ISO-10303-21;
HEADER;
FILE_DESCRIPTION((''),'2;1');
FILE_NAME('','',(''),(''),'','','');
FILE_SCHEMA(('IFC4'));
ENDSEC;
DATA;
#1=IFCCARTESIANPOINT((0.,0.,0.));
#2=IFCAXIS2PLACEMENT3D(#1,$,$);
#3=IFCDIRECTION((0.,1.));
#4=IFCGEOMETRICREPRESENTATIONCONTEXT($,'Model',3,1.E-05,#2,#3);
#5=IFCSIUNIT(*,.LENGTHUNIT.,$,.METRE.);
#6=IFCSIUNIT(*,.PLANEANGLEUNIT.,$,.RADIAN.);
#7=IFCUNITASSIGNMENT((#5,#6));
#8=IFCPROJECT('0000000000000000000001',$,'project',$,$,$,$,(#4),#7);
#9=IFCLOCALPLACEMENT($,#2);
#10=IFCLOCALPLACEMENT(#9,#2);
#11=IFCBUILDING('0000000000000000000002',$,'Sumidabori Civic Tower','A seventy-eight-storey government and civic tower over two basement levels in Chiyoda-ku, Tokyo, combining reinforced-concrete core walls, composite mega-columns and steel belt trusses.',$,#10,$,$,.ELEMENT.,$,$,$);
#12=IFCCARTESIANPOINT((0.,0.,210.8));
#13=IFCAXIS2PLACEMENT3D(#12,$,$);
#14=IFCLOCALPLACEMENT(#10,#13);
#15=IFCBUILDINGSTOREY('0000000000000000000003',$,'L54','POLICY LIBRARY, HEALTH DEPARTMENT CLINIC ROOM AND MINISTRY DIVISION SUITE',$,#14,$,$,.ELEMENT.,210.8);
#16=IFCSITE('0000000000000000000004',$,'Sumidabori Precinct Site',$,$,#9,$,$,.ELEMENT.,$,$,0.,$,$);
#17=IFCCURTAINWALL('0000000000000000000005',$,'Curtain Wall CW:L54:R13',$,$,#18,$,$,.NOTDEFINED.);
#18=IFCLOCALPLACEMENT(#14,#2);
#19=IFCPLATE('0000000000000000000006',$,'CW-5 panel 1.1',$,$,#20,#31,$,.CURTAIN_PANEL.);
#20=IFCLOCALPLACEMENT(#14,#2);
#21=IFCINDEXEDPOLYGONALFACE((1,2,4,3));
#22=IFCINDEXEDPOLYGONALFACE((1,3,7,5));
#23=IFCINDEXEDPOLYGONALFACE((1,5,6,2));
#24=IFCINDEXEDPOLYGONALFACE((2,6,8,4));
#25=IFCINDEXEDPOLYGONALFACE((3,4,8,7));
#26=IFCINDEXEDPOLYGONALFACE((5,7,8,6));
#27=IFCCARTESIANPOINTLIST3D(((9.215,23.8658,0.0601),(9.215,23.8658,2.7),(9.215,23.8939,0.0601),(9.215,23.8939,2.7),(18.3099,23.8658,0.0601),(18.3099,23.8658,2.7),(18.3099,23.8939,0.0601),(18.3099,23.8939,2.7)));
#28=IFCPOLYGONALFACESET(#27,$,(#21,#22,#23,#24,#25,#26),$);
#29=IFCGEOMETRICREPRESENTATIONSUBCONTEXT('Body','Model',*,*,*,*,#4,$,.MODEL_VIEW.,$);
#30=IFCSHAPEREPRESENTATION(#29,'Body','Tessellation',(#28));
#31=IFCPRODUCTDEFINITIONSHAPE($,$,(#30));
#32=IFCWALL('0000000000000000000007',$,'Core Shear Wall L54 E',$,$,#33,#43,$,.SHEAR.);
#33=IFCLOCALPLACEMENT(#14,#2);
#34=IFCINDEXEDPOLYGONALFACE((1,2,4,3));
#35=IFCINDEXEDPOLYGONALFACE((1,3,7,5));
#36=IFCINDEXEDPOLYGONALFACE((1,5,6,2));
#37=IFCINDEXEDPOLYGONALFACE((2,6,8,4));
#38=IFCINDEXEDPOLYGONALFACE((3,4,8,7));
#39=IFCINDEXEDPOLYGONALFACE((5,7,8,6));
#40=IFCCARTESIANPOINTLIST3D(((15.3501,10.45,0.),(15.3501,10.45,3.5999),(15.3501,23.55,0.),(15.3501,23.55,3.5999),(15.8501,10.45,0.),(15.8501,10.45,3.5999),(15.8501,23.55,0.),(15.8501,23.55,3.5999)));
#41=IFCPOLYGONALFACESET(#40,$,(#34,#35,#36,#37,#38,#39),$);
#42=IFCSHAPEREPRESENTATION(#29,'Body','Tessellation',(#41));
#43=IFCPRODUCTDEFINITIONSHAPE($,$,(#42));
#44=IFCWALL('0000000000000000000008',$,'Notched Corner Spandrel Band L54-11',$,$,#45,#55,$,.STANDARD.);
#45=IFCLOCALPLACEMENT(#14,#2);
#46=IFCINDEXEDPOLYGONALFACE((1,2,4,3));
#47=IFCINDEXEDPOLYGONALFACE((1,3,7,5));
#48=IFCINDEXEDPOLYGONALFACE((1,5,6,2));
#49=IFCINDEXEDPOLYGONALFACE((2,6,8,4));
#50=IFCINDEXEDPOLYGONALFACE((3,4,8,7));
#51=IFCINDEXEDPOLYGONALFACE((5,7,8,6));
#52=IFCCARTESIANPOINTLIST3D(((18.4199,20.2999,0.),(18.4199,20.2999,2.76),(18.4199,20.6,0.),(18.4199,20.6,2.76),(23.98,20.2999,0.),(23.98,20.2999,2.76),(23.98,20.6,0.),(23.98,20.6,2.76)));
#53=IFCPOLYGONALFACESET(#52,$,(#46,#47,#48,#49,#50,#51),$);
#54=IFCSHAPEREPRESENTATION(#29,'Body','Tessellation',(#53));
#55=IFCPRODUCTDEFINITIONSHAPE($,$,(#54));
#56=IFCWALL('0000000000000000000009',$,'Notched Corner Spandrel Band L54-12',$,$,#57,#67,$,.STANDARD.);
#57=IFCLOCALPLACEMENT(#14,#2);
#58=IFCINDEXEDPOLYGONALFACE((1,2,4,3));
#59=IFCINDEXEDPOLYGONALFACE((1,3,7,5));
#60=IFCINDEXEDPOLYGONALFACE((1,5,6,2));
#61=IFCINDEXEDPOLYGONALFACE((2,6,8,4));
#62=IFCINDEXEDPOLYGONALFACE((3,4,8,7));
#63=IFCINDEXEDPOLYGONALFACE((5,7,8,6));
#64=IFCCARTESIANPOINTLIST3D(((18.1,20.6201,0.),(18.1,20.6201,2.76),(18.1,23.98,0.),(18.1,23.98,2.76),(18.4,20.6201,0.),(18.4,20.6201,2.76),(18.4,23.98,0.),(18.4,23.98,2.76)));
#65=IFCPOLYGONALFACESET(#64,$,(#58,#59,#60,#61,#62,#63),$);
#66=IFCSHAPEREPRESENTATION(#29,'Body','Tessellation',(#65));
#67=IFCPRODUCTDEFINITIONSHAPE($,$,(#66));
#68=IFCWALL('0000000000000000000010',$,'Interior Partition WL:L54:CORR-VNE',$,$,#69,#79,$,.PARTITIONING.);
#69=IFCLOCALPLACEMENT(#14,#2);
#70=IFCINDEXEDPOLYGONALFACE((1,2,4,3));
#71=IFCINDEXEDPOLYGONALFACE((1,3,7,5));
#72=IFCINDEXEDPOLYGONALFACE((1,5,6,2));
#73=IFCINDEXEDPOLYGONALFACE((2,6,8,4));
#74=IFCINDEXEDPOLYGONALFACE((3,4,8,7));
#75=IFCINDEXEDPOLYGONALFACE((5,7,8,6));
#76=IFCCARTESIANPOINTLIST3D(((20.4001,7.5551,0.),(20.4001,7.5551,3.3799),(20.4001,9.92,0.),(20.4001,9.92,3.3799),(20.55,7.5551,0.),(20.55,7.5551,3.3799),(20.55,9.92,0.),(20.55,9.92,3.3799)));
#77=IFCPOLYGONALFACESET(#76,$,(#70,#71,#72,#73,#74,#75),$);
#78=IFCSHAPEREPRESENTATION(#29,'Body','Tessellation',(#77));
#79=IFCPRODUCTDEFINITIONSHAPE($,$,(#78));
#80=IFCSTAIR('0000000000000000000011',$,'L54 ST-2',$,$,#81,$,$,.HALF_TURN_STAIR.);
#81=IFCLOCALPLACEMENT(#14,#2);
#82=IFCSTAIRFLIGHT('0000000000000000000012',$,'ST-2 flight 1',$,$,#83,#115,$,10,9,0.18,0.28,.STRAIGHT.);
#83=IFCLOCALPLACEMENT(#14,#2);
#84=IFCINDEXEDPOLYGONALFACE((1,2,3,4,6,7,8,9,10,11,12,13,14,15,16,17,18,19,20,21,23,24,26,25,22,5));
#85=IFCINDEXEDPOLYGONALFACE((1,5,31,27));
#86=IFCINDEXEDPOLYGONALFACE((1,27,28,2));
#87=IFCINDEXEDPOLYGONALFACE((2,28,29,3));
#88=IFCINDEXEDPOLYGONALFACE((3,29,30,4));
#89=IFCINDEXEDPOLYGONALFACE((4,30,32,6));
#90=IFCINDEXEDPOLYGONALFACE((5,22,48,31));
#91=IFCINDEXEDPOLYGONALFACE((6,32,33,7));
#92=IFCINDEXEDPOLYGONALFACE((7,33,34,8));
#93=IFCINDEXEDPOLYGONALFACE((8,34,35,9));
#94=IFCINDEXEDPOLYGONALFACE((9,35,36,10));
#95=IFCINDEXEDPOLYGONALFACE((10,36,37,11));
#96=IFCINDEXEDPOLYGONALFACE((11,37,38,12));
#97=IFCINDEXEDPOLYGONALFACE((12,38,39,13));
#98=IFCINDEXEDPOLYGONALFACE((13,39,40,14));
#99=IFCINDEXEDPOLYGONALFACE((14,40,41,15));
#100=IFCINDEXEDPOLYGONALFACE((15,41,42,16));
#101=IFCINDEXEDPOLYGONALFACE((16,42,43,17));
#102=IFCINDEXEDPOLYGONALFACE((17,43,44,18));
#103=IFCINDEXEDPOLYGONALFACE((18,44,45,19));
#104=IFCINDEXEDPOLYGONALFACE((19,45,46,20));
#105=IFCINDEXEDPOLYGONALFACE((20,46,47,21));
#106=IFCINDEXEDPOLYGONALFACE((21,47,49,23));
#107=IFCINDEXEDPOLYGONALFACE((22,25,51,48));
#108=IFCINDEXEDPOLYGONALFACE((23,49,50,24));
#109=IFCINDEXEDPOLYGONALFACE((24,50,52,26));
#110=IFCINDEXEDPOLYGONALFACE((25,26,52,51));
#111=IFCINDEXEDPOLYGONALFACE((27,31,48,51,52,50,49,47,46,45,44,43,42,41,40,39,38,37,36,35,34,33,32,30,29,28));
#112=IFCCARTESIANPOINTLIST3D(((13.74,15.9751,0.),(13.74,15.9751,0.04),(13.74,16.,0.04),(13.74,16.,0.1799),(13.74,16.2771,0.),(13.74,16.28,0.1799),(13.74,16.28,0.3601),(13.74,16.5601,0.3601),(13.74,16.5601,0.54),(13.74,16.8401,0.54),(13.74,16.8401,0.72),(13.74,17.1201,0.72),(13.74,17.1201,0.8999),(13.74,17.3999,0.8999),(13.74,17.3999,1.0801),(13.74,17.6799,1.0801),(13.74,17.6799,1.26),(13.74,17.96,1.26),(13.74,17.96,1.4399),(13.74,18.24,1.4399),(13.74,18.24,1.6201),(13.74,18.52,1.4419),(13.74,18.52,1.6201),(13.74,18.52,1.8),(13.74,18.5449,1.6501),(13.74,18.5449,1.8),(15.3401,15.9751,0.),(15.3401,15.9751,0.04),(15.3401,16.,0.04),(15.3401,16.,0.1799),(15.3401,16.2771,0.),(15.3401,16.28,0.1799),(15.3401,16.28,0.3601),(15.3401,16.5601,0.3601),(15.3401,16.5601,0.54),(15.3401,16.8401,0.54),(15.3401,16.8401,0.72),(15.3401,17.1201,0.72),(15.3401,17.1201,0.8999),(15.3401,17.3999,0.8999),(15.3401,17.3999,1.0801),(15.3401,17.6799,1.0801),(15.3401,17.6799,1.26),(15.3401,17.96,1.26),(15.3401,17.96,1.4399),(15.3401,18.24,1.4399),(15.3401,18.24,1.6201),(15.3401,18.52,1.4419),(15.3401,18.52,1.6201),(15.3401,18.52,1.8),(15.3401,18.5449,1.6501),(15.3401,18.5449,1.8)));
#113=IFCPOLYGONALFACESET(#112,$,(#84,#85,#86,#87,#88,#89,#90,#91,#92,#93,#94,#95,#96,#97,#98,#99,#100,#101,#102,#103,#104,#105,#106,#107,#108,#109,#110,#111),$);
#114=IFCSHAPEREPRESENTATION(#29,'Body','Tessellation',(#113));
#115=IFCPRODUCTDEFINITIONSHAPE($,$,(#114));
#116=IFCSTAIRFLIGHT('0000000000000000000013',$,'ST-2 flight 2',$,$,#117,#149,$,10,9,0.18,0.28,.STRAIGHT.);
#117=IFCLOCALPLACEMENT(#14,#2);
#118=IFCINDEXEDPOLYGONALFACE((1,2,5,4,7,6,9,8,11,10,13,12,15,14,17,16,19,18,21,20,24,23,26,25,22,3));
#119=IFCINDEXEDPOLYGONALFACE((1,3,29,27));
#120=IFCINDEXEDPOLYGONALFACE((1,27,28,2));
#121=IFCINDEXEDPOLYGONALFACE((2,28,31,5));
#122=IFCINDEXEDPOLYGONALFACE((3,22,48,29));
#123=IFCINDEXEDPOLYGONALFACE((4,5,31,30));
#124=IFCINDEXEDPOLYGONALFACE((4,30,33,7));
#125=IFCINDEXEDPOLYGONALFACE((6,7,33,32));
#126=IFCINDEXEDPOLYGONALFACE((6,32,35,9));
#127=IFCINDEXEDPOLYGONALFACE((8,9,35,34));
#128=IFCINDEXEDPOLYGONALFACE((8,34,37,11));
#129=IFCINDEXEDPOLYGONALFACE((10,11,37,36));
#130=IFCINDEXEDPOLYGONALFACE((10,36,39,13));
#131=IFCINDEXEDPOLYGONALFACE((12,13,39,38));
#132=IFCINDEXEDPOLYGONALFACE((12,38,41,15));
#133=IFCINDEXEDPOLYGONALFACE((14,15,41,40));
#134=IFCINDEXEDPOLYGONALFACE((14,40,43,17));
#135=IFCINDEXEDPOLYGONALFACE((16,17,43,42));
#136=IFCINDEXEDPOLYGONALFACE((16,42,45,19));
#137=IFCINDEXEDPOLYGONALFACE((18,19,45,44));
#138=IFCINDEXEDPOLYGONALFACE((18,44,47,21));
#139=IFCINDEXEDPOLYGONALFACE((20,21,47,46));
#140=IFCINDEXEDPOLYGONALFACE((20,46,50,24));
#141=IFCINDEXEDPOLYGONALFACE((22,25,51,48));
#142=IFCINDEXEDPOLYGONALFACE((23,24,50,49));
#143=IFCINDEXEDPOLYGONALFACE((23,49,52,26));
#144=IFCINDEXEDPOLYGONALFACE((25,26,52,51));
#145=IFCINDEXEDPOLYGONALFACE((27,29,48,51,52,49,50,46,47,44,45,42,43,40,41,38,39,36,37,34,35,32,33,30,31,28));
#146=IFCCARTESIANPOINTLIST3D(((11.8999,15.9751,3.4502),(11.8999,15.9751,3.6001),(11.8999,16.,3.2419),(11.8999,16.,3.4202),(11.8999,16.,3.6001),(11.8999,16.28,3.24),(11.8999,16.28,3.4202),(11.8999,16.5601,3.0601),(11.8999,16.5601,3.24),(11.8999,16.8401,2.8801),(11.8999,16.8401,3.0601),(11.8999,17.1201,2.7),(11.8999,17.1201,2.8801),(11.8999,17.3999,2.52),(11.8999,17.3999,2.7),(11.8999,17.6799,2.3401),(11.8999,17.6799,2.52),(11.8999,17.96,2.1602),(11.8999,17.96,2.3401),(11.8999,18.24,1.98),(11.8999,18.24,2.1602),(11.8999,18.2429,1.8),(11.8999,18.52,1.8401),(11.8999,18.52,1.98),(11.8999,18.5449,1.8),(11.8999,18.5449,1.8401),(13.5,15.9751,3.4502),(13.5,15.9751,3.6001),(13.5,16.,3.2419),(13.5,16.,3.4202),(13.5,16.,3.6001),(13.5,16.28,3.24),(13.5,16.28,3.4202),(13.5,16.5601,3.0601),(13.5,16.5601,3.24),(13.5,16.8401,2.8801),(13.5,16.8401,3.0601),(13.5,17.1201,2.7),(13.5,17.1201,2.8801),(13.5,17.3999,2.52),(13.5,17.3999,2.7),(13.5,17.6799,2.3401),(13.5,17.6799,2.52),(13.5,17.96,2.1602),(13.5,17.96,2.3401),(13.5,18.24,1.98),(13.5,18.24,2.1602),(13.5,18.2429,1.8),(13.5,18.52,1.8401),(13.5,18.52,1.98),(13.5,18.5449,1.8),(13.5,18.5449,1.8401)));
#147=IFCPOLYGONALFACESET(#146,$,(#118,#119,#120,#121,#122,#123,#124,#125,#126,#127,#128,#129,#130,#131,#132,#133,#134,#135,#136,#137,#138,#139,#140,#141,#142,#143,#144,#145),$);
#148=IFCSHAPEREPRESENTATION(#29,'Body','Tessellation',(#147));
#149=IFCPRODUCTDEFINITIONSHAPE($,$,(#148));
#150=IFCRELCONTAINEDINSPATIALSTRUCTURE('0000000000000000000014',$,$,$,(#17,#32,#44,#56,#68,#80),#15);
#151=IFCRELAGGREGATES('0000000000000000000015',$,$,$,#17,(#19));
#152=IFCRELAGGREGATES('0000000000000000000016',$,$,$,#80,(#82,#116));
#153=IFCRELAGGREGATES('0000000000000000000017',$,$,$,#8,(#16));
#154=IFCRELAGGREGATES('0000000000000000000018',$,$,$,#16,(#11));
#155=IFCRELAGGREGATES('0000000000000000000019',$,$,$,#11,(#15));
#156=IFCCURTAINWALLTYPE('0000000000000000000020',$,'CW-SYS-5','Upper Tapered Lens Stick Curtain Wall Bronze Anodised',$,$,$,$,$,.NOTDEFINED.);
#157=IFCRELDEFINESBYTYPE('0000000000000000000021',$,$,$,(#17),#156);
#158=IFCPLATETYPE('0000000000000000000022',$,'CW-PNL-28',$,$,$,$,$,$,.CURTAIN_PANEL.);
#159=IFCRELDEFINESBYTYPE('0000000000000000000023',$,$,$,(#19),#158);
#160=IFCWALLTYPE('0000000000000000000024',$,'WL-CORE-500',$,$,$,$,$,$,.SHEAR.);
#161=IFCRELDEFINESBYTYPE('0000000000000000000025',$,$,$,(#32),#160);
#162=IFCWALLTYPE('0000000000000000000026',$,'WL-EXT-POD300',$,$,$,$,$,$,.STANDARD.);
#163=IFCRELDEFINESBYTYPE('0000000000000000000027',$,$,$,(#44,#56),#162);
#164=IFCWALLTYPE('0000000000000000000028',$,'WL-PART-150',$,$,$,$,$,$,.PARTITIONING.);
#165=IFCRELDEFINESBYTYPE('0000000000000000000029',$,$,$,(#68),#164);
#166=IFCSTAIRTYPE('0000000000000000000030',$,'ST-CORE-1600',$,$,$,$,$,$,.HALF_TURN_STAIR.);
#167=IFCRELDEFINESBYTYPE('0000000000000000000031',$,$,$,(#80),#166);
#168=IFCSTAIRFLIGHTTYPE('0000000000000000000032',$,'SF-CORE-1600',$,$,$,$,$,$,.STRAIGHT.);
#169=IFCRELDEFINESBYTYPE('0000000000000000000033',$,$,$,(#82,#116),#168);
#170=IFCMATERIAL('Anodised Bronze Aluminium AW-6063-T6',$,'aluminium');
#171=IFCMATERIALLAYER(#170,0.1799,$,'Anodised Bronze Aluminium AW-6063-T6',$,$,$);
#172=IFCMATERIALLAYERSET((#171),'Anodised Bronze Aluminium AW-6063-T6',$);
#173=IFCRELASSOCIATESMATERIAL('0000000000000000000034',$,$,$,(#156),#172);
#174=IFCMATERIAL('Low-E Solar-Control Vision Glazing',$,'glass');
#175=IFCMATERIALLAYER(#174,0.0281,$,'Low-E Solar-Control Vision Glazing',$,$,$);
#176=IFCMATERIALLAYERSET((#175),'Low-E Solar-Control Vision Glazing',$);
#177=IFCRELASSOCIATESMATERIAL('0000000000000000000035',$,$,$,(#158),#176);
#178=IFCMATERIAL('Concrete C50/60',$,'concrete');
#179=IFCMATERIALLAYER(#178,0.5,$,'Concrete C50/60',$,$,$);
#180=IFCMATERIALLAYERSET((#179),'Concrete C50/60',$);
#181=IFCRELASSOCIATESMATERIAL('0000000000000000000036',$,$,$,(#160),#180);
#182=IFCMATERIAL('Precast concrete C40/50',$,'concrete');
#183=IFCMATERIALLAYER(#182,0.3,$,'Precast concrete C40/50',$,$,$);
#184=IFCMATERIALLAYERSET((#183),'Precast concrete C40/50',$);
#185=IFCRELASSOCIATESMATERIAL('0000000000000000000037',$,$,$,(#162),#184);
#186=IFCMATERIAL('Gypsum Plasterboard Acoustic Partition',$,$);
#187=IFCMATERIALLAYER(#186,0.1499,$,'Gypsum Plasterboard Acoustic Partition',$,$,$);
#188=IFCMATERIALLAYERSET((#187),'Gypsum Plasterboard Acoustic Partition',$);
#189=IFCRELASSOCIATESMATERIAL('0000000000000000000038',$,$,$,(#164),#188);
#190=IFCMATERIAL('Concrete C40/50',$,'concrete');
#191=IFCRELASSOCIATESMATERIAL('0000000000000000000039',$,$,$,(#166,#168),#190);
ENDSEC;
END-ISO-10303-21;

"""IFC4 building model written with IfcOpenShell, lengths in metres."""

from ifc_helpers import new_model, si_unit, direction, frame, frame_2d, origin, origin_2d, place, context, subcontext, project, spatial, polyline, rectangle, outline, extrude, source, transform, mapped, material, layer, layer_set, type_object, element, aggregate, save


model = new_model("IFC4")

# Units and contexts
model_context = context("Model", 3, precision=1e-05, world=origin(), true_north=direction((0.0, 1.0)))
body_context = subcontext(model_context, "Body", "Model", "MODEL_VIEW")
ifc_project = project(units=[si_unit("LENGTHUNIT", "METRE"), si_unit("PLANEANGLEUNIT", "RADIAN")], contexts=[model_context])

# Site, building, storey
site_placement = place(None, origin())
site = spatial("IfcSite", under=ifc_project, at=site_placement, Name="Sumidabori Precinct Site", CompositionType="ELEMENT", RefElevation=0.0)
building_placement = place(site_placement, origin())
building = spatial("IfcBuilding", under=site, at=building_placement, Name="Sumidabori Civic Tower", Description="A seventy-eight-storey government and civic tower over two basement levels in Chiyoda-ku, Tokyo, combining reinforced-concrete core walls, composite mega-columns and steel belt trusses.", CompositionType="ELEMENT")
storey_placement = place(building_placement, frame((0.0, 0.0, 210.8)))
storey = spatial("IfcBuildingStorey", under=building, at=storey_placement, Name="L54", Description="POLICY LIBRARY, HEALTH DEPARTMENT CLINIC ROOM AND MINISTRY DIVISION SUITE", CompositionType="ELEMENT", Elevation=210.8)

# Shared definitions
ifc_material_1 = material(Name="Anodised Bronze Aluminium AW-6063-T6", Category="aluminium")
ifc_layer_1 = layer(ifc_material_1, 0.1799, Name="Anodised Bronze Aluminium AW-6063-T6")
ifc_layer_set_1 = layer_set([ifc_layer_1], Name="Anodised Bronze Aluminium AW-6063-T6")
curtain_wall_type = type_object("IfcCurtainWallType", Name="CW-SYS-5", Description="Upper Tapered Lens Stick Curtain Wall Bronze Anodised", PredefinedType="NOTDEFINED", material=ifc_layer_set_1)

# Curtain wall
curtain_wall_1_placement = place(storey_placement, origin())
curtain_wall_1 = element("IfcCurtainWall", 1, at=curtain_wall_1_placement, inside=storey, type_object=curtain_wall_type, Name="Curtain Wall CW:L54:R13", PredefinedType="NOTDEFINED")

# Plate
ifc_material_2 = material(Name="Low-E Solar-Control Vision Glazing", Category="glass")
ifc_layer_2 = layer(ifc_material_2, 0.0281, Name="Low-E Solar-Control Vision Glazing")
ifc_layer_set_2 = layer_set([ifc_layer_2], Name="Low-E Solar-Control Vision Glazing")
plate_type = type_object("IfcPlateType", Name="CW-PNL-28", PredefinedType="CURTAIN_PANEL", material=ifc_layer_set_2)
shared_shape_1 = source(origin(), body_context, "Body", "SweptSolid", [
    extrude(rectangle(XDim=9.095, YDim=0.0281, at=origin_2d()), origin(), (0.0, 0.0, 1.0), 2.6399),
])
plate_1_placement = place(storey_placement, frame((13.7625, 23.8799, 0.0601), z_axis=(0.0, 0.0, 1.0), x_axis=(-1.0, 0.0, 0.0)))
plate_1 = element("IfcPlate", 2, at=plate_1_placement, type_object=plate_type, Name="CW-5 panel 1.1", PredefinedType="CURTAIN_PANEL", context=body_context, shape_type="MappedRepresentation", body=[
    mapped(shared_shape_1, transform((0.0, 0.0, 0.0), x_axis=(1.0, 0.0, 0.0), y_axis=(0.0, 1.0, 0.0), z_axis=(0.0, 0.0, 1.0), scale=1.0)),
])
aggregate(curtain_wall_1, [plate_1])

# Walls
ifc_material_3 = material(Name="Concrete C50/60", Category="concrete")
ifc_layer_3 = layer(ifc_material_3, 0.5, Name="Concrete C50/60")
ifc_layer_set_3 = layer_set([ifc_layer_3], Name="Concrete C50/60")
wall_type_1 = type_object("IfcWallType", Name="WL-CORE-500", PredefinedType="SHEAR", material=ifc_layer_set_3)
shared_shape_2 = source(origin(), body_context, "Body", "SweptSolid", [
    extrude(rectangle(XDim=13.1001, YDim=0.5, at=frame_2d((6.55, 0.0))), origin(), (0.0, 0.0, 1.0), 3.5999),
])
wall_1_placement = place(storey_placement, frame((15.6001, 10.45, 0.0), z_axis=(0.0, 0.0, 1.0), x_axis=(0.0, 1.0, 0.0)))
element("IfcWall", 3, at=wall_1_placement, inside=storey, type_object=wall_type_1, Name="Core Shear Wall L54 E", PredefinedType="SHEAR", context=body_context, shape_type="MappedRepresentation", body=[
    mapped(shared_shape_2, transform((0.0, 0.0, 0.0), x_axis=(1.0, 0.0, 0.0), y_axis=(0.0, 1.0, 0.0), z_axis=(0.0, 0.0, 1.0), scale=1.0)),
])
ifc_material_4 = material(Name="Precast concrete C40/50", Category="concrete")
ifc_layer_4 = layer(ifc_material_4, 0.3, Name="Precast concrete C40/50")
ifc_layer_set_4 = layer_set([ifc_layer_4], Name="Precast concrete C40/50")
wall_type_2 = type_object("IfcWallType", Name="WL-EXT-POD300", PredefinedType="STANDARD", material=ifc_layer_set_4)
shared_shape_3 = source(origin(), body_context, "Body", "SweptSolid", [
    extrude(rectangle(XDim=5.5601, YDim=0.3, at=frame_2d((2.78, 0.0))), origin(), (0.0, 0.0, 1.0), 2.76),
])
wall_2_placement = place(storey_placement, frame((23.98, 20.45, 0.0), z_axis=(0.0, 0.0, 1.0), x_axis=(-1.0, 0.0, 0.0)))
element("IfcWall", 4, at=wall_2_placement, inside=storey, type_object=wall_type_2, Name="Notched Corner Spandrel Band L54-11", PredefinedType="STANDARD", context=body_context, shape_type="MappedRepresentation", body=[
    mapped(shared_shape_3, transform((0.0, 0.0, 0.0), x_axis=(1.0, 0.0, 0.0), y_axis=(0.0, 1.0, 0.0), z_axis=(0.0, 0.0, 1.0), scale=1.0)),
])
shared_shape_4 = source(origin(), body_context, "Body", "SweptSolid", [
    extrude(rectangle(XDim=3.3599, YDim=0.3, at=frame_2d((1.6799, 0.0))), origin(), (0.0, 0.0, 1.0), 2.76),
])
wall_3_placement = place(storey_placement, frame((18.25, 20.6201, 0.0), z_axis=(0.0, 0.0, 1.0), x_axis=(0.0, 1.0, 0.0)))
element("IfcWall", 5, at=wall_3_placement, inside=storey, type_object=wall_type_2, Name="Notched Corner Spandrel Band L54-12", PredefinedType="STANDARD", context=body_context, shape_type="MappedRepresentation", body=[
    mapped(shared_shape_4, transform((0.0, 0.0, 0.0), x_axis=(1.0, 0.0, 0.0), y_axis=(0.0, 1.0, 0.0), z_axis=(0.0, 0.0, 1.0), scale=1.0)),
])

# Shared definitions
ifc_material_5 = material(Name="Gypsum Plasterboard Acoustic Partition")
ifc_layer_5 = layer(ifc_material_5, 0.1499, Name="Gypsum Plasterboard Acoustic Partition")
ifc_layer_set_5 = layer_set([ifc_layer_5], Name="Gypsum Plasterboard Acoustic Partition")
wall_type_3 = type_object("IfcWallType", Name="WL-PART-150", PredefinedType="PARTITIONING", material=ifc_layer_set_5)

# Wall
shared_shape_5 = source(origin(), body_context, "Body", "SweptSolid", [
    extrude(rectangle(XDim=2.365, YDim=0.1499, at=frame_2d((1.1826, 0.0))), origin(), (0.0, 0.0, 1.0), 3.3799),
])
wall_4_placement = place(storey_placement, frame((20.4751, 7.5549, 0.0), z_axis=(0.0, 0.0, 1.0), x_axis=(0.0, 1.0, 0.0)))
element("IfcWall", 6, at=wall_4_placement, inside=storey, type_object=wall_type_3, Name="Interior Partition WL:L54:CORR-VNE", PredefinedType="PARTITIONING", context=body_context, shape_type="MappedRepresentation", body=[
    mapped(shared_shape_5, transform((0.0, 0.0, 0.0), x_axis=(1.0, 0.0, 0.0), y_axis=(0.0, 1.0, 0.0), z_axis=(0.0, 0.0, 1.0), scale=1.0)),
])

# Stair, stair flights
ifc_material_6 = material(Name="Concrete C40/50", Category="concrete")
stair_type = type_object("IfcStairType", Name="ST-CORE-1600", PredefinedType="HALF_TURN_STAIR", material=ifc_material_6)
stair_placement = place(storey_placement, origin())
stair = element("IfcStair", 7, at=stair_placement, inside=storey, type_object=stair_type, Name="L54 ST-2", PredefinedType="HALF_TURN_STAIR")
stair_flight_type = type_object("IfcStairFlightType", Name="SF-CORE-1600", PredefinedType="STRAIGHT", material=ifc_material_6)
shared_shape_6 = source(origin(), body_context, "Body", "SweptSolid", [
    extrude(outline(polyline([(-0.0249, 0.0), (-0.0249, 0.04), (0.0, 0.04), (0.0, 0.1799), (0.28, 0.1799), (0.28, 0.3601), (0.5601, 0.3601), (0.5601, 0.54), (0.8401, 0.54), (0.8401, 0.72), (1.1201, 0.72), (1.1201, 0.8999), (1.3999, 0.8999), (1.3999, 1.0801), (1.6799, 1.0801), (1.6799, 1.26), (1.96, 1.26), (1.96, 1.4399), (2.24, 1.4399), (2.24, 1.6201), (2.52, 1.6201), (2.52, 1.8), (2.5449, 1.8), (2.5449, 1.6501), (2.52, 1.4419), (0.2771, 0.0), (-0.0249, 0.0)])), frame((0.0, 0.8, 0.0), z_axis=(0.0, -1.0, 0.0), x_axis=(1.0, 0.0, 0.0)), (0.0, 0.0, 1.0), 1.6001),
])
stair_flight_1_placement = place(storey_placement, frame((14.54, 16.0, 0.0), z_axis=(0.0, 0.0, 1.0), x_axis=(0.0, 1.0, 0.0)))
stair_flight_1 = element("IfcStairFlight", 8, at=stair_flight_1_placement, type_object=stair_flight_type, Name="ST-2 flight 1", NumberOfRisers=10, NumberOfTreads=9, PredefinedType="STRAIGHT", RiserHeight=0.18, TreadLength=0.28, context=body_context, shape_type="MappedRepresentation", body=[
    mapped(shared_shape_6, transform((0.0, 0.0, 0.0), x_axis=(1.0, 0.0, 0.0), y_axis=(0.0, 1.0, 0.0), z_axis=(0.0, 0.0, 1.0), scale=1.0)),
])
stair_flight_2_placement = place(storey_placement, frame((12.7, 18.52, 1.8), z_axis=(0.0, 0.0, 1.0), x_axis=(0.0, -1.0, 0.0)))
stair_flight_2 = element("IfcStairFlight", 9, at=stair_flight_2_placement, type_object=stair_flight_type, Name="ST-2 flight 2", NumberOfRisers=10, NumberOfTreads=9, PredefinedType="STRAIGHT", RiserHeight=0.18, TreadLength=0.28, context=body_context, shape_type="MappedRepresentation", body=[
    mapped(shared_shape_6, transform((0.0, 0.0, 0.0), x_axis=(1.0, 0.0, 0.0), y_axis=(0.0, 1.0, 0.0), z_axis=(0.0, 0.0, 1.0), scale=1.0)),
])
aggregate(stair, [stair_flight_1, stair_flight_2])

save(model, "model.ifc")
